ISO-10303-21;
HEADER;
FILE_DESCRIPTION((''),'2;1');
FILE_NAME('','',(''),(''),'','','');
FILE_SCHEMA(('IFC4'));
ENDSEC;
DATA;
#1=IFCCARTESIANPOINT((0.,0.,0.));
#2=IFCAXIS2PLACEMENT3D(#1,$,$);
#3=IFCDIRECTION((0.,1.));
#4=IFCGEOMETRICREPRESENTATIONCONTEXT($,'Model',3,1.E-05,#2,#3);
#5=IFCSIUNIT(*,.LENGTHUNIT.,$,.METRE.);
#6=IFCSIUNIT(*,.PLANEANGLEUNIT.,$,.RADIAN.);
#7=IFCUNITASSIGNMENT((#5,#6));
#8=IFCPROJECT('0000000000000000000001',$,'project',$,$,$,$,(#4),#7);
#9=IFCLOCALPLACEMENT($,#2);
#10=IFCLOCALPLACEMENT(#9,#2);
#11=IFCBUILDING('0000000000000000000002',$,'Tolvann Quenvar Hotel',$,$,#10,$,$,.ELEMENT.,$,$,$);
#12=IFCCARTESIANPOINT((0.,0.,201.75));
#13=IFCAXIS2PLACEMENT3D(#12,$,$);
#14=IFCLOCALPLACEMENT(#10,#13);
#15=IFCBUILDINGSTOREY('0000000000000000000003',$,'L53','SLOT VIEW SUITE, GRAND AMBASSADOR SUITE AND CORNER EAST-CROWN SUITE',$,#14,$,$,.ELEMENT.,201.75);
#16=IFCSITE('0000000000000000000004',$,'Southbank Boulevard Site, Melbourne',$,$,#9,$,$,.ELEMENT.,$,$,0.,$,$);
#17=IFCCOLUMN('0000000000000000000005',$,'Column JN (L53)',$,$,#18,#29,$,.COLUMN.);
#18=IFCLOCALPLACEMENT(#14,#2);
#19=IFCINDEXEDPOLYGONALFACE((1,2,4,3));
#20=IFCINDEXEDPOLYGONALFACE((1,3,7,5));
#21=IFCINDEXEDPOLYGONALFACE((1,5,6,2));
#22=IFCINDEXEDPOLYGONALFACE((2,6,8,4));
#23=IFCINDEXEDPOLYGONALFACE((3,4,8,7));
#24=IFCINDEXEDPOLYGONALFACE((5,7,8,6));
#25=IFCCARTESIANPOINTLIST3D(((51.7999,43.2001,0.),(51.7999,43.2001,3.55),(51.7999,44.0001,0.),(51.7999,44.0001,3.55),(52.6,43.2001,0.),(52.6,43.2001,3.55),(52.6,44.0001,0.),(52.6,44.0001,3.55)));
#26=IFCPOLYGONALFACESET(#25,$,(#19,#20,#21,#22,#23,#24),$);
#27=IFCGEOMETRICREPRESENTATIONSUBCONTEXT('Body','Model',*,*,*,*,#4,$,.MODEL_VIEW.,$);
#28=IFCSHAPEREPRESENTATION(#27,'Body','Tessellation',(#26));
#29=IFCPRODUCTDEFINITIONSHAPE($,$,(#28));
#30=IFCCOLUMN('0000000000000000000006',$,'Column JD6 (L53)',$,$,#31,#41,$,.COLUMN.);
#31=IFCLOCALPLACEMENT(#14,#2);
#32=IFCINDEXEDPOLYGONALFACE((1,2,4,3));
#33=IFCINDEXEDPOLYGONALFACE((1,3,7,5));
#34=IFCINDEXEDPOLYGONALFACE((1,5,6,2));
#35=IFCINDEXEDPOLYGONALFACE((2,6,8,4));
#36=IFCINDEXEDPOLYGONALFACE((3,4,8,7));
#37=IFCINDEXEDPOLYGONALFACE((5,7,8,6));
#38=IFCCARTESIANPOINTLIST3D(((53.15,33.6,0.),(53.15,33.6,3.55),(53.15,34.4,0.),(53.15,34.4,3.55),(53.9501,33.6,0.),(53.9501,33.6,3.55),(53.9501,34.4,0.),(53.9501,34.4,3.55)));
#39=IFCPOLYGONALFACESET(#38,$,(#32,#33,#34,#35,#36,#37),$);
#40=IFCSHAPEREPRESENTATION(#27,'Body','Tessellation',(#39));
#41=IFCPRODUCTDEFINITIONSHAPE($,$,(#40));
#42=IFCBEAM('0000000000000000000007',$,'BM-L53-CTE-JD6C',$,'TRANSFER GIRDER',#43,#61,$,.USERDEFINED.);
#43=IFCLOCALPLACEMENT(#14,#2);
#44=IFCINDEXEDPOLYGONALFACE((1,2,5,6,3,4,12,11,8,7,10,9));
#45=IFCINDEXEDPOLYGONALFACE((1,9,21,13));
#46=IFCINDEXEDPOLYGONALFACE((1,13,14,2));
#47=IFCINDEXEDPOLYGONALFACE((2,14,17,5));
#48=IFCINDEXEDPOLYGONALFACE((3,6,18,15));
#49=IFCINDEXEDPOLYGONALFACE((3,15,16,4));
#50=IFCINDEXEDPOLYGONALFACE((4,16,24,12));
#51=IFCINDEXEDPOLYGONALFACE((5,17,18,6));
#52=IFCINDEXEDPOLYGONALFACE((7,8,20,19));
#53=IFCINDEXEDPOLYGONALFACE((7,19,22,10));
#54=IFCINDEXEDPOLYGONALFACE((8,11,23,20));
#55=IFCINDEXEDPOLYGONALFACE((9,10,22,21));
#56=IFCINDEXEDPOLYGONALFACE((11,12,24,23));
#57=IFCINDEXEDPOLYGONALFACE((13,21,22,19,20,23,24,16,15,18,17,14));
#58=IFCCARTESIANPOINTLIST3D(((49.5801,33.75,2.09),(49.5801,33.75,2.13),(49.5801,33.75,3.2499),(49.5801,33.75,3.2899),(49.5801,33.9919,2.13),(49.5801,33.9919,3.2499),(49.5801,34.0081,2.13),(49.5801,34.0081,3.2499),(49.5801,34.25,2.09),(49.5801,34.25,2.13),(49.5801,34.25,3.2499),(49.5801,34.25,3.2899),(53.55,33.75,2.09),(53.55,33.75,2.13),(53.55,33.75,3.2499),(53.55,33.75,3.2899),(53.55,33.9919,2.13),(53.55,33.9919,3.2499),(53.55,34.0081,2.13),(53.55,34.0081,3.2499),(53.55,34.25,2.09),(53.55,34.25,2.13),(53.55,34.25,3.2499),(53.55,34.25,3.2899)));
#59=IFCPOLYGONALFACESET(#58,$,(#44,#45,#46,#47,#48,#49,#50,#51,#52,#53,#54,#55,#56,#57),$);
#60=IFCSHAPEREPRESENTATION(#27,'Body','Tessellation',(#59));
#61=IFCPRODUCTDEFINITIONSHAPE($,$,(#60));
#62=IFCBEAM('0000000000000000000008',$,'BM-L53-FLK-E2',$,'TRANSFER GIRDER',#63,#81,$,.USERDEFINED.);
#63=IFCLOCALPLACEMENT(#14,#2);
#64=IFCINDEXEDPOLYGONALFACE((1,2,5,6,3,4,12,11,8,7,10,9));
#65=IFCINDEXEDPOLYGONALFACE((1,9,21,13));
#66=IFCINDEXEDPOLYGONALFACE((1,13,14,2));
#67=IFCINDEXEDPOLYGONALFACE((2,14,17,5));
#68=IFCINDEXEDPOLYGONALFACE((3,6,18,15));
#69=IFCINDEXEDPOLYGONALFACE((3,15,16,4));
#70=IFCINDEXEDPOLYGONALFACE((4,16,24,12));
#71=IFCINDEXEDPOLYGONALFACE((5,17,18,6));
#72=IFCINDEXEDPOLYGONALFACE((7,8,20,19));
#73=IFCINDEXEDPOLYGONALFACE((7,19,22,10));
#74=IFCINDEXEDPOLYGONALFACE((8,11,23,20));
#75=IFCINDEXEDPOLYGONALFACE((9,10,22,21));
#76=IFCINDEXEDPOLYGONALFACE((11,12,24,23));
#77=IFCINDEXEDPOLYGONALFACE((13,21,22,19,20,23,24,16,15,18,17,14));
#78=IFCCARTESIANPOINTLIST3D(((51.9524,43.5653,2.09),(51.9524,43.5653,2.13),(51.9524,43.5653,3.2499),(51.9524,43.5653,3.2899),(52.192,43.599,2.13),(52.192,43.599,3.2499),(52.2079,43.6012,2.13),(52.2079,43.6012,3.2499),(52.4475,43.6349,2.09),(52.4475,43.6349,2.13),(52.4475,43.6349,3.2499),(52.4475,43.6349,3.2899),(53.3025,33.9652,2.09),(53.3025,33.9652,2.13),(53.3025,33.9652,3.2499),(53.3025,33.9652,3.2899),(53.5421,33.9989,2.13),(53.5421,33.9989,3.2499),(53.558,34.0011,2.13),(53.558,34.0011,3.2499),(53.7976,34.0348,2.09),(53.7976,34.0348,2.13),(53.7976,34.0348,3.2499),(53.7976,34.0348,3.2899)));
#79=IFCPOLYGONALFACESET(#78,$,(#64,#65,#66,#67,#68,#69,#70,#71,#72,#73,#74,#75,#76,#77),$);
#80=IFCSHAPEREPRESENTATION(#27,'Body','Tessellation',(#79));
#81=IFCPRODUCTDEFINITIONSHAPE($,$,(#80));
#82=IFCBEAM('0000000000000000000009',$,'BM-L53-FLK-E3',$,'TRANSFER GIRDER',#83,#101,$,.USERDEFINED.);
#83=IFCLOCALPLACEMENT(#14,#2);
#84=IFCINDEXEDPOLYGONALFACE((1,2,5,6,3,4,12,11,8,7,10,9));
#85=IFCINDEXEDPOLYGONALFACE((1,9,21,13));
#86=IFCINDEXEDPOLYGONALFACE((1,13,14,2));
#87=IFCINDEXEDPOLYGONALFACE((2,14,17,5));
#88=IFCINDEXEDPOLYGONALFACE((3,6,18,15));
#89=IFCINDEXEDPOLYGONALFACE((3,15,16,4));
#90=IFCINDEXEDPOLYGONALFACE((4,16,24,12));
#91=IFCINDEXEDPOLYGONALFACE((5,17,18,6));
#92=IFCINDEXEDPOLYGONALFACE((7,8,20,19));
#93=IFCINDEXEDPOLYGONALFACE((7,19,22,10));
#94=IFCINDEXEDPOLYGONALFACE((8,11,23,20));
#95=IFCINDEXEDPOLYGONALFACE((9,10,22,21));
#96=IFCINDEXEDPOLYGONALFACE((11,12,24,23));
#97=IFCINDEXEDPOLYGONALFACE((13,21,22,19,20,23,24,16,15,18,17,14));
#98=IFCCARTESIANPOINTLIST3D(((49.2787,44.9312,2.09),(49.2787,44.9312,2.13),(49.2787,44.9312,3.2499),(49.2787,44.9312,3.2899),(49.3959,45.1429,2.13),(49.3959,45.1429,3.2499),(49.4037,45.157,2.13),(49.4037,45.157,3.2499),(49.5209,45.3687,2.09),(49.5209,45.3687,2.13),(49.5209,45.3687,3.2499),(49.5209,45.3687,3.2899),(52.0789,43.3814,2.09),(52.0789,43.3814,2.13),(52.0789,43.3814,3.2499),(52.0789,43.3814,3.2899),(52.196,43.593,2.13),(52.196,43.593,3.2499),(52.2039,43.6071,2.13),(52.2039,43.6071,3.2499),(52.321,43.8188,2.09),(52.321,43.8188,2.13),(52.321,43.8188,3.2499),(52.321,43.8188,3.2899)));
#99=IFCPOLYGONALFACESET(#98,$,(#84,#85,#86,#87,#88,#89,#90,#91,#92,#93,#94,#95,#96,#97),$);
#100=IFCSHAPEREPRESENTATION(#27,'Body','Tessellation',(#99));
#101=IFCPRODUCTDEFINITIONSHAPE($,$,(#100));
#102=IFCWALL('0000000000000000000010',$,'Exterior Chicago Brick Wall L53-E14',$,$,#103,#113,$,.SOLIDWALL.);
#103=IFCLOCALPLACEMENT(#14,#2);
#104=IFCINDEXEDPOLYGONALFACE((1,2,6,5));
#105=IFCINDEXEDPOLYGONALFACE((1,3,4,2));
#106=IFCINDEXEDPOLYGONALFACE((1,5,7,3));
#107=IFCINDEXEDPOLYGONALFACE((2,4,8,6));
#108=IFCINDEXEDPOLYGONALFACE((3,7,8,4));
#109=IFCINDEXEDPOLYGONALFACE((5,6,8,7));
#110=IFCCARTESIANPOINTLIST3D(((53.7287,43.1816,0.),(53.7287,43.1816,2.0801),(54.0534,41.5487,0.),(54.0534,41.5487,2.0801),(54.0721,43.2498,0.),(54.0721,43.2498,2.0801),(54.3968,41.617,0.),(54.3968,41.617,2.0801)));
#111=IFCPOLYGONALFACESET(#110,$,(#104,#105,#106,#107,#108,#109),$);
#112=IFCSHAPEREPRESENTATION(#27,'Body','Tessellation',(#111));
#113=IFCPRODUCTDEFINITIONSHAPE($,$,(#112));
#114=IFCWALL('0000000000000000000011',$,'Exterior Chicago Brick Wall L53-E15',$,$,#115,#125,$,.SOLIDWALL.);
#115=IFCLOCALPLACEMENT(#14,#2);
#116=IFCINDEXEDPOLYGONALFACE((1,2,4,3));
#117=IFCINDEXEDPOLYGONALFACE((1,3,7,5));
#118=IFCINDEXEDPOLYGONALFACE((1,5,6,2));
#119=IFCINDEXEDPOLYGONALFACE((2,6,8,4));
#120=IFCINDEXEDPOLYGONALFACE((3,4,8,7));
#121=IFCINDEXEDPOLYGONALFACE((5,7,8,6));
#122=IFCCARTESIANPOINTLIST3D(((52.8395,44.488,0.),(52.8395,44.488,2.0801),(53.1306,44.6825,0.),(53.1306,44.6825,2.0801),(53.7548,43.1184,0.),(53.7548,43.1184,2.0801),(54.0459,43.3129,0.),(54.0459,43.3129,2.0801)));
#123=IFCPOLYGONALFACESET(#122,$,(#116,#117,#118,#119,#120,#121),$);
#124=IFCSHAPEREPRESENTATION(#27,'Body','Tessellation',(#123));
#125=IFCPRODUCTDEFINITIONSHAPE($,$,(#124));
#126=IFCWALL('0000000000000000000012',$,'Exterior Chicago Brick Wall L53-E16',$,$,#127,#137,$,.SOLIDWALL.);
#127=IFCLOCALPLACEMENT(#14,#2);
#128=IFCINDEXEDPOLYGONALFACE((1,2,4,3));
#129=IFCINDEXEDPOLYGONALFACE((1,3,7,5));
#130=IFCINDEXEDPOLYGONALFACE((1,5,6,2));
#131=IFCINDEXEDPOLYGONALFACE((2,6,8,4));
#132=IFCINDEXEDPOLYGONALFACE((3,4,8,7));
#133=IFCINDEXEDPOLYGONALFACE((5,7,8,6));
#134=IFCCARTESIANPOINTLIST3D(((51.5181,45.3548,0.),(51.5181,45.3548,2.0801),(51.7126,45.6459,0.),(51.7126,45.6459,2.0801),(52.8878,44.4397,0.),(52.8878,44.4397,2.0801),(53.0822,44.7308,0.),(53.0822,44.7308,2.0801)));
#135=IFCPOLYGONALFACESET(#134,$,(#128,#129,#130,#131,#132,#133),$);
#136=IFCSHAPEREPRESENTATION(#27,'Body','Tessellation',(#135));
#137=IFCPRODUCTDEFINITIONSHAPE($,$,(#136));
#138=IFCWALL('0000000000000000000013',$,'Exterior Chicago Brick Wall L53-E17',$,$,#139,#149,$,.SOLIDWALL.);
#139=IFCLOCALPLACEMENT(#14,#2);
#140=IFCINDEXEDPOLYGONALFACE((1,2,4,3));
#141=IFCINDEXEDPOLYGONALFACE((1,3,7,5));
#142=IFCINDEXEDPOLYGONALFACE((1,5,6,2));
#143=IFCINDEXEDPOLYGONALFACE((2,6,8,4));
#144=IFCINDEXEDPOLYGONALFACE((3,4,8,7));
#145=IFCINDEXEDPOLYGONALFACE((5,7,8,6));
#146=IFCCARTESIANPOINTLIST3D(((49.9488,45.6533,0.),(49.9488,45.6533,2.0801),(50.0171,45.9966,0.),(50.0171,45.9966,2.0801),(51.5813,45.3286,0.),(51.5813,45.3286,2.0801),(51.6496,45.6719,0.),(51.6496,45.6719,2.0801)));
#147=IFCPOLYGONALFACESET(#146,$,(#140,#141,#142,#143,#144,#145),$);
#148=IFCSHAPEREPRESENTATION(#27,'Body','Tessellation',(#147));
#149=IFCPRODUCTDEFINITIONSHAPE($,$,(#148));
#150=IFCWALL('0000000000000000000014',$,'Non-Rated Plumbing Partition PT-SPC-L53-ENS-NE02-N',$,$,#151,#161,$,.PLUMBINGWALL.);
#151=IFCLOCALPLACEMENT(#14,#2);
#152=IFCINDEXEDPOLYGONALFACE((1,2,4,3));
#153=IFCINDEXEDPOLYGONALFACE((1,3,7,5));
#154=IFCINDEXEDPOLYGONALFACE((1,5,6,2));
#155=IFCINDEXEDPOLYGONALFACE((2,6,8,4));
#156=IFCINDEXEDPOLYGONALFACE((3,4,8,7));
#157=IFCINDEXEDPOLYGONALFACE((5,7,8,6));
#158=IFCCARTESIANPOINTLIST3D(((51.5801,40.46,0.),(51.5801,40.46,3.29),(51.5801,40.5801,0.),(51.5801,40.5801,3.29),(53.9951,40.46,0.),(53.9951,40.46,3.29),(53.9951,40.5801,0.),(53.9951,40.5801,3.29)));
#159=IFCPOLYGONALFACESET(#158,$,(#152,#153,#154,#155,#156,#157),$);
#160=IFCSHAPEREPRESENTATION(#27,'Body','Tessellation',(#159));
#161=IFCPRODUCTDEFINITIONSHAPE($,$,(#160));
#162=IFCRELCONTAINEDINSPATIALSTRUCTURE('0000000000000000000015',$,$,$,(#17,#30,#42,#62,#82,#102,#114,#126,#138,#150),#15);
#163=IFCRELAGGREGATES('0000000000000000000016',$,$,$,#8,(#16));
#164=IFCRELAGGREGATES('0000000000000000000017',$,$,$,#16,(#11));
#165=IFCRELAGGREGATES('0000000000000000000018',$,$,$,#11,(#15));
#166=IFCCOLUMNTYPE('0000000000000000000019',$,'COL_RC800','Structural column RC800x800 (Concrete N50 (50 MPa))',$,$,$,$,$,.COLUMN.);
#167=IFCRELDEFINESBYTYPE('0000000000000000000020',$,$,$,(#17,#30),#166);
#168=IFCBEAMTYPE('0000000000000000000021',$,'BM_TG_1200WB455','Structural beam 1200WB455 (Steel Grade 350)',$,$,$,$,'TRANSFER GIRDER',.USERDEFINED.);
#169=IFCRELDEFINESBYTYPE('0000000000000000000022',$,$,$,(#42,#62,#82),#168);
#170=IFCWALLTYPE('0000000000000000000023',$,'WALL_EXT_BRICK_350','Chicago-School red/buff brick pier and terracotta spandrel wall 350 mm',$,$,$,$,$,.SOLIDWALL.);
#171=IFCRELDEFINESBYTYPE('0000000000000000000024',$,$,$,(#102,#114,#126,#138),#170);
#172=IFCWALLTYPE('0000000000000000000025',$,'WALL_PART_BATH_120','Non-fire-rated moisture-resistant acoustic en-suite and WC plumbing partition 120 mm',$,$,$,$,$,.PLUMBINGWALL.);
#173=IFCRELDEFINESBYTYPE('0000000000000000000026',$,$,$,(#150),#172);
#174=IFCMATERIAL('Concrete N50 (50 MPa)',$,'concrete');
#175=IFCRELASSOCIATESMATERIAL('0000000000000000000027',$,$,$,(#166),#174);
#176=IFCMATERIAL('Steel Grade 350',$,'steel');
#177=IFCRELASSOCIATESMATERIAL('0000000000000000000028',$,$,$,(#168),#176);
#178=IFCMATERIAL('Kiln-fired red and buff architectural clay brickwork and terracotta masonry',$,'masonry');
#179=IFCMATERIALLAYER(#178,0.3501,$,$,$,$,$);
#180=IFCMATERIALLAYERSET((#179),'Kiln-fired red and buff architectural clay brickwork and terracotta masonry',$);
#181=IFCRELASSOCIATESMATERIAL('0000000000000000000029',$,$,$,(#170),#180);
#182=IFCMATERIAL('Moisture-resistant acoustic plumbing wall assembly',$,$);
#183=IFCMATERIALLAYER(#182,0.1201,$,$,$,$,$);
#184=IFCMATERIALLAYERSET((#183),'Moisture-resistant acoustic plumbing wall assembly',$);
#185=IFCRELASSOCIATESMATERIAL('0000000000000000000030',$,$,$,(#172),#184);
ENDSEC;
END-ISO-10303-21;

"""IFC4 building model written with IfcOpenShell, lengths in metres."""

from ifc_helpers import new_model, si_unit, direction, frame, frame_2d, origin, origin_2d, place, context, subcontext, project, spatial, rectangle, i_section, extrude, source, transform, mapped, material, layer, layer_set, material_profile, profile_set, type_object, type_shapes, element, save


model = new_model("IFC4")

# Units and contexts
model_context = context("Model", 3, precision=1e-05, world=origin(), true_north=direction((0.0, 1.0)))
body_context = subcontext(model_context, "Body", "Model", "MODEL_VIEW")
ifc_project = project(units=[si_unit("LENGTHUNIT", "METRE"), si_unit("PLANEANGLEUNIT", "RADIAN")], contexts=[model_context])

# Site, building, storey
site_placement = place(None, origin())
site = spatial("IfcSite", under=ifc_project, at=site_placement, Name="Southbank Boulevard Site, Melbourne", CompositionType="ELEMENT", RefElevation=0.0)
building_placement = place(site_placement, origin())
building = spatial("IfcBuilding", under=site, at=building_placement, Name="Tolvann Quenvar Hotel", CompositionType="ELEMENT")
storey_placement = place(building_placement, frame((0.0, 0.0, 201.75)))
storey = spatial("IfcBuildingStorey", under=building, at=storey_placement, Name="L53", Description="SLOT VIEW SUITE, GRAND AMBASSADOR SUITE AND CORNER EAST-CROWN SUITE", CompositionType="ELEMENT", Elevation=201.75)

# Columns
ifc_material_1 = material(Name="Concrete N50 (50 MPa)", Category="concrete")
ifc_material_profile_1 = material_profile(ifc_material_1, rectangle(XDim=0.8, YDim=0.8, at=origin_2d()), Name="RC800x800")
ifc_profile_set_1 = profile_set([ifc_material_profile_1], Name="Concrete N50 (50 MPa)")
column_type = type_object("IfcColumnType", Name="COL_RC800", Description="Structural column RC800x800 (Concrete N50 (50 MPa))", PredefinedType="COLUMN", material=ifc_profile_set_1)
shared_shape_1 = source(origin(), body_context, "Body", "SweptSolid", [
    extrude(rectangle(XDim=0.8, YDim=0.8, at=origin_2d()), origin(), (0.0, 0.0, 1.0), 3.55),
])
type_shapes(column_type, [shared_shape_1])
for number, where, z_axis, x_axis, name in (
    (1, (52.2, 43.6001, 0.0), (0.0, 0.0, 1.0), (1.0, 0.0, 0.0), "Column JN (L53)"),
    (2, (53.55, 34.0, 0.0), (0.0, 0.0, 1.0), (1.0, 0.0, 0.0), "Column JD6 (L53)"),
):
    element("IfcColumn", number, at=place(storey_placement, frame(where, z_axis=z_axis, x_axis=x_axis)), inside=storey, type_object=column_type, Name=name, PredefinedType="COLUMN", context=body_context, shape_type="MappedRepresentation", body=[
        mapped(shared_shape_1, transform((0.0, 0.0, 0.0), x_axis=(1.0, 0.0, 0.0), y_axis=(0.0, 1.0, 0.0), z_axis=(0.0, 0.0, 1.0), scale=1.0)),
    ])

# Beams
ifc_material_2 = material(Name="Steel Grade 350", Category="steel")
ifc_material_profile_2 = material_profile(ifc_material_2, i_section(OverallWidth=0.5, OverallDepth=1.2, WebThickness=0.0161, FlangeThickness=0.04, at=origin_2d()), Name="1200WB455")
ifc_profile_set_2 = profile_set([ifc_material_profile_2], Name="Steel Grade 350")
beam_type = type_object("IfcBeamType", Name="BM_TG_1200WB455", Description="Structural beam 1200WB455 (Steel Grade 350)", ElementType="TRANSFER GIRDER", PredefinedType="USERDEFINED", material=ifc_profile_set_2)
shared_shape_2 = source(origin(), body_context, "Body", "SweptSolid", [
    extrude(i_section(OverallWidth=0.5, OverallDepth=1.2, WebThickness=0.0161, FlangeThickness=0.04, at=origin_2d()), origin(), (0.0, 0.0, 1.0), 3.97),
])
beam_1_placement = place(storey_placement, frame((49.5801, 34.0, 2.6899), z_axis=(1.0, 0.0, 0.0), x_axis=(0.0, 1.0, 0.0)))
element("IfcBeam", 3, at=beam_1_placement, inside=storey, type_object=beam_type, Name="BM-L53-CTE-JD6C", ObjectType="TRANSFER GIRDER", PredefinedType="USERDEFINED", context=body_context, shape_type="MappedRepresentation", body=[
    mapped(shared_shape_2, transform((0.0, 0.0, 0.0), x_axis=(1.0, 0.0, 0.0), y_axis=(0.0, 1.0, 0.0), z_axis=(0.0, 0.0, 1.0), scale=1.0)),
])
shared_shape_3 = source(origin(), body_context, "Body", "SweptSolid", [
    extrude(i_section(OverallWidth=0.5, OverallDepth=1.2, WebThickness=0.0161, FlangeThickness=0.04, at=origin_2d()), origin(), (0.0, 0.0, 1.0), 9.6946),
])
beam_2_placement = place(storey_placement, frame((53.55, 34.0, 2.6899), z_axis=(-0.139263, 0.990255, 0.0), x_axis=(-0.990255, -0.139263, 0.0)))
element("IfcBeam", 4, at=beam_2_placement, inside=storey, type_object=beam_type, Name="BM-L53-FLK-E2", ObjectType="TRANSFER GIRDER", PredefinedType="USERDEFINED", context=body_context, shape_type="MappedRepresentation", body=[
    mapped(shared_shape_3, transform((0.0, 0.0, 0.0), x_axis=(1.0, 0.0, 0.0), y_axis=(0.0, 1.0, 0.0), z_axis=(0.0, 0.0, 1.0), scale=1.0)),
])
shared_shape_4 = source(origin(), body_context, "Body", "SweptSolid", [
    extrude(i_section(OverallWidth=0.5, OverallDepth=1.2, WebThickness=0.0161, FlangeThickness=0.04, at=origin_2d()), origin(), (0.0, 0.0, 1.0), 3.2004),
])
type_shapes(beam_type, [shared_shape_2, shared_shape_3, shared_shape_4])
beam_3_placement = place(storey_placement, frame((52.2, 43.6001, 2.6899), z_axis=(-0.874923, 0.484263, 0.0), x_axis=(-0.484263, -0.874923, 0.0)))
element("IfcBeam", 5, at=beam_3_placement, inside=storey, type_object=beam_type, Name="BM-L53-FLK-E3", ObjectType="TRANSFER GIRDER", PredefinedType="USERDEFINED", context=body_context, shape_type="MappedRepresentation", body=[
    mapped(shared_shape_4, transform((0.0, 0.0, 0.0), x_axis=(1.0, 0.0, 0.0), y_axis=(0.0, 1.0, 0.0), z_axis=(0.0, 0.0, 1.0), scale=1.0)),
])

# Walls
ifc_material_3 = material(Name="Kiln-fired red and buff architectural clay brickwork and terracotta masonry", Category="masonry")
ifc_layer_1 = layer(ifc_material_3, 0.3501)
ifc_layer_set_1 = layer_set([ifc_layer_1], Name="Kiln-fired red and buff architectural clay brickwork and terracotta masonry")
wall_type_1 = type_object("IfcWallType", Name="WALL_EXT_BRICK_350", Description="Chicago-School red/buff brick pier and terracotta spandrel wall 350 mm", PredefinedType="SOLIDWALL", material=ifc_layer_set_1)
wall_1_placement = place(storey_placement, frame((54.2251, 41.5828, 0.0), z_axis=(0.0, 0.0, 1.0), x_axis=(-0.195044, 0.980794, 0.0)))
element("IfcWall", 6, at=wall_1_placement, inside=storey, type_object=wall_type_1, Name="Exterior Chicago Brick Wall L53-E14", PredefinedType="SOLIDWALL", context=body_context, shape_type="SweptSolid", body=[
    extrude(rectangle(XDim=1.6648, YDim=0.3501, at=frame_2d((0.8325, 0.0))), origin(), (0.0, 0.0, 1.0), 2.0801),
])
for number, where, z_axis, x_axis, name in (
    (7, (53.9004, 43.2156, 0.0), (0.0, 0.0, 1.0), (-0.555623, 0.831434, 0.0), "Exterior Chicago Brick Wall L53-E15"),
    (8, (52.9851, 44.5852, 0.0), (0.0, 0.0, 1.0), (-0.831503, 0.555521, 0.0), "Exterior Chicago Brick Wall L53-E16"),
):
    element("IfcWall", number, at=place(storey_placement, frame(where, z_axis=z_axis, x_axis=x_axis)), inside=storey, type_object=wall_type_1, Name=name, PredefinedType="SOLIDWALL", context=body_context, shape_type="SweptSolid", body=[
        extrude(rectangle(XDim=1.6472, YDim=0.3501, at=frame_2d((0.8237, 0.0))), origin(), (0.0, 0.0, 1.0), 2.0801),
    ])
wall_2_placement = place(storey_placement, frame((51.6155, 45.5002, 0.0), z_axis=(0.0, 0.0, 1.0), x_axis=(-0.980789, 0.195072, 0.0)))
element("IfcWall", 9, at=wall_2_placement, inside=storey, type_object=wall_type_1, Name="Exterior Chicago Brick Wall L53-E17", PredefinedType="SOLIDWALL", context=body_context, shape_type="SweptSolid", body=[
    extrude(rectangle(XDim=1.6646, YDim=0.3501, at=frame_2d((0.8323, 0.0))), origin(), (0.0, 0.0, 1.0), 2.0801),
])

# Wall
ifc_material_4 = material(Name="Moisture-resistant acoustic plumbing wall assembly")
ifc_layer_2 = layer(ifc_material_4, 0.1201)
ifc_layer_set_2 = layer_set([ifc_layer_2], Name="Moisture-resistant acoustic plumbing wall assembly")
wall_type_2 = type_object("IfcWallType", Name="WALL_PART_BATH_120", Description="Non-fire-rated moisture-resistant acoustic en-suite and WC plumbing partition 120 mm", PredefinedType="PLUMBINGWALL", material=ifc_layer_set_2)
wall_3_placement = place(storey_placement, frame((51.5801, 40.52, 0.0), z_axis=(0.0, 0.0, 1.0), x_axis=(1.0, 0.0, 0.0)))
element("IfcWall", 10, at=wall_3_placement, inside=storey, type_object=wall_type_2, Name="Non-Rated Plumbing Partition PT-SPC-L53-ENS-NE02-N", PredefinedType="PLUMBINGWALL", context=body_context, shape_type="SweptSolid", body=[
    extrude(rectangle(XDim=2.415, YDim=0.1201, at=frame_2d((1.2075, 0.0))), origin(), (0.0, 0.0, 1.0), 3.29),
])

save(model, "model.ifc")
